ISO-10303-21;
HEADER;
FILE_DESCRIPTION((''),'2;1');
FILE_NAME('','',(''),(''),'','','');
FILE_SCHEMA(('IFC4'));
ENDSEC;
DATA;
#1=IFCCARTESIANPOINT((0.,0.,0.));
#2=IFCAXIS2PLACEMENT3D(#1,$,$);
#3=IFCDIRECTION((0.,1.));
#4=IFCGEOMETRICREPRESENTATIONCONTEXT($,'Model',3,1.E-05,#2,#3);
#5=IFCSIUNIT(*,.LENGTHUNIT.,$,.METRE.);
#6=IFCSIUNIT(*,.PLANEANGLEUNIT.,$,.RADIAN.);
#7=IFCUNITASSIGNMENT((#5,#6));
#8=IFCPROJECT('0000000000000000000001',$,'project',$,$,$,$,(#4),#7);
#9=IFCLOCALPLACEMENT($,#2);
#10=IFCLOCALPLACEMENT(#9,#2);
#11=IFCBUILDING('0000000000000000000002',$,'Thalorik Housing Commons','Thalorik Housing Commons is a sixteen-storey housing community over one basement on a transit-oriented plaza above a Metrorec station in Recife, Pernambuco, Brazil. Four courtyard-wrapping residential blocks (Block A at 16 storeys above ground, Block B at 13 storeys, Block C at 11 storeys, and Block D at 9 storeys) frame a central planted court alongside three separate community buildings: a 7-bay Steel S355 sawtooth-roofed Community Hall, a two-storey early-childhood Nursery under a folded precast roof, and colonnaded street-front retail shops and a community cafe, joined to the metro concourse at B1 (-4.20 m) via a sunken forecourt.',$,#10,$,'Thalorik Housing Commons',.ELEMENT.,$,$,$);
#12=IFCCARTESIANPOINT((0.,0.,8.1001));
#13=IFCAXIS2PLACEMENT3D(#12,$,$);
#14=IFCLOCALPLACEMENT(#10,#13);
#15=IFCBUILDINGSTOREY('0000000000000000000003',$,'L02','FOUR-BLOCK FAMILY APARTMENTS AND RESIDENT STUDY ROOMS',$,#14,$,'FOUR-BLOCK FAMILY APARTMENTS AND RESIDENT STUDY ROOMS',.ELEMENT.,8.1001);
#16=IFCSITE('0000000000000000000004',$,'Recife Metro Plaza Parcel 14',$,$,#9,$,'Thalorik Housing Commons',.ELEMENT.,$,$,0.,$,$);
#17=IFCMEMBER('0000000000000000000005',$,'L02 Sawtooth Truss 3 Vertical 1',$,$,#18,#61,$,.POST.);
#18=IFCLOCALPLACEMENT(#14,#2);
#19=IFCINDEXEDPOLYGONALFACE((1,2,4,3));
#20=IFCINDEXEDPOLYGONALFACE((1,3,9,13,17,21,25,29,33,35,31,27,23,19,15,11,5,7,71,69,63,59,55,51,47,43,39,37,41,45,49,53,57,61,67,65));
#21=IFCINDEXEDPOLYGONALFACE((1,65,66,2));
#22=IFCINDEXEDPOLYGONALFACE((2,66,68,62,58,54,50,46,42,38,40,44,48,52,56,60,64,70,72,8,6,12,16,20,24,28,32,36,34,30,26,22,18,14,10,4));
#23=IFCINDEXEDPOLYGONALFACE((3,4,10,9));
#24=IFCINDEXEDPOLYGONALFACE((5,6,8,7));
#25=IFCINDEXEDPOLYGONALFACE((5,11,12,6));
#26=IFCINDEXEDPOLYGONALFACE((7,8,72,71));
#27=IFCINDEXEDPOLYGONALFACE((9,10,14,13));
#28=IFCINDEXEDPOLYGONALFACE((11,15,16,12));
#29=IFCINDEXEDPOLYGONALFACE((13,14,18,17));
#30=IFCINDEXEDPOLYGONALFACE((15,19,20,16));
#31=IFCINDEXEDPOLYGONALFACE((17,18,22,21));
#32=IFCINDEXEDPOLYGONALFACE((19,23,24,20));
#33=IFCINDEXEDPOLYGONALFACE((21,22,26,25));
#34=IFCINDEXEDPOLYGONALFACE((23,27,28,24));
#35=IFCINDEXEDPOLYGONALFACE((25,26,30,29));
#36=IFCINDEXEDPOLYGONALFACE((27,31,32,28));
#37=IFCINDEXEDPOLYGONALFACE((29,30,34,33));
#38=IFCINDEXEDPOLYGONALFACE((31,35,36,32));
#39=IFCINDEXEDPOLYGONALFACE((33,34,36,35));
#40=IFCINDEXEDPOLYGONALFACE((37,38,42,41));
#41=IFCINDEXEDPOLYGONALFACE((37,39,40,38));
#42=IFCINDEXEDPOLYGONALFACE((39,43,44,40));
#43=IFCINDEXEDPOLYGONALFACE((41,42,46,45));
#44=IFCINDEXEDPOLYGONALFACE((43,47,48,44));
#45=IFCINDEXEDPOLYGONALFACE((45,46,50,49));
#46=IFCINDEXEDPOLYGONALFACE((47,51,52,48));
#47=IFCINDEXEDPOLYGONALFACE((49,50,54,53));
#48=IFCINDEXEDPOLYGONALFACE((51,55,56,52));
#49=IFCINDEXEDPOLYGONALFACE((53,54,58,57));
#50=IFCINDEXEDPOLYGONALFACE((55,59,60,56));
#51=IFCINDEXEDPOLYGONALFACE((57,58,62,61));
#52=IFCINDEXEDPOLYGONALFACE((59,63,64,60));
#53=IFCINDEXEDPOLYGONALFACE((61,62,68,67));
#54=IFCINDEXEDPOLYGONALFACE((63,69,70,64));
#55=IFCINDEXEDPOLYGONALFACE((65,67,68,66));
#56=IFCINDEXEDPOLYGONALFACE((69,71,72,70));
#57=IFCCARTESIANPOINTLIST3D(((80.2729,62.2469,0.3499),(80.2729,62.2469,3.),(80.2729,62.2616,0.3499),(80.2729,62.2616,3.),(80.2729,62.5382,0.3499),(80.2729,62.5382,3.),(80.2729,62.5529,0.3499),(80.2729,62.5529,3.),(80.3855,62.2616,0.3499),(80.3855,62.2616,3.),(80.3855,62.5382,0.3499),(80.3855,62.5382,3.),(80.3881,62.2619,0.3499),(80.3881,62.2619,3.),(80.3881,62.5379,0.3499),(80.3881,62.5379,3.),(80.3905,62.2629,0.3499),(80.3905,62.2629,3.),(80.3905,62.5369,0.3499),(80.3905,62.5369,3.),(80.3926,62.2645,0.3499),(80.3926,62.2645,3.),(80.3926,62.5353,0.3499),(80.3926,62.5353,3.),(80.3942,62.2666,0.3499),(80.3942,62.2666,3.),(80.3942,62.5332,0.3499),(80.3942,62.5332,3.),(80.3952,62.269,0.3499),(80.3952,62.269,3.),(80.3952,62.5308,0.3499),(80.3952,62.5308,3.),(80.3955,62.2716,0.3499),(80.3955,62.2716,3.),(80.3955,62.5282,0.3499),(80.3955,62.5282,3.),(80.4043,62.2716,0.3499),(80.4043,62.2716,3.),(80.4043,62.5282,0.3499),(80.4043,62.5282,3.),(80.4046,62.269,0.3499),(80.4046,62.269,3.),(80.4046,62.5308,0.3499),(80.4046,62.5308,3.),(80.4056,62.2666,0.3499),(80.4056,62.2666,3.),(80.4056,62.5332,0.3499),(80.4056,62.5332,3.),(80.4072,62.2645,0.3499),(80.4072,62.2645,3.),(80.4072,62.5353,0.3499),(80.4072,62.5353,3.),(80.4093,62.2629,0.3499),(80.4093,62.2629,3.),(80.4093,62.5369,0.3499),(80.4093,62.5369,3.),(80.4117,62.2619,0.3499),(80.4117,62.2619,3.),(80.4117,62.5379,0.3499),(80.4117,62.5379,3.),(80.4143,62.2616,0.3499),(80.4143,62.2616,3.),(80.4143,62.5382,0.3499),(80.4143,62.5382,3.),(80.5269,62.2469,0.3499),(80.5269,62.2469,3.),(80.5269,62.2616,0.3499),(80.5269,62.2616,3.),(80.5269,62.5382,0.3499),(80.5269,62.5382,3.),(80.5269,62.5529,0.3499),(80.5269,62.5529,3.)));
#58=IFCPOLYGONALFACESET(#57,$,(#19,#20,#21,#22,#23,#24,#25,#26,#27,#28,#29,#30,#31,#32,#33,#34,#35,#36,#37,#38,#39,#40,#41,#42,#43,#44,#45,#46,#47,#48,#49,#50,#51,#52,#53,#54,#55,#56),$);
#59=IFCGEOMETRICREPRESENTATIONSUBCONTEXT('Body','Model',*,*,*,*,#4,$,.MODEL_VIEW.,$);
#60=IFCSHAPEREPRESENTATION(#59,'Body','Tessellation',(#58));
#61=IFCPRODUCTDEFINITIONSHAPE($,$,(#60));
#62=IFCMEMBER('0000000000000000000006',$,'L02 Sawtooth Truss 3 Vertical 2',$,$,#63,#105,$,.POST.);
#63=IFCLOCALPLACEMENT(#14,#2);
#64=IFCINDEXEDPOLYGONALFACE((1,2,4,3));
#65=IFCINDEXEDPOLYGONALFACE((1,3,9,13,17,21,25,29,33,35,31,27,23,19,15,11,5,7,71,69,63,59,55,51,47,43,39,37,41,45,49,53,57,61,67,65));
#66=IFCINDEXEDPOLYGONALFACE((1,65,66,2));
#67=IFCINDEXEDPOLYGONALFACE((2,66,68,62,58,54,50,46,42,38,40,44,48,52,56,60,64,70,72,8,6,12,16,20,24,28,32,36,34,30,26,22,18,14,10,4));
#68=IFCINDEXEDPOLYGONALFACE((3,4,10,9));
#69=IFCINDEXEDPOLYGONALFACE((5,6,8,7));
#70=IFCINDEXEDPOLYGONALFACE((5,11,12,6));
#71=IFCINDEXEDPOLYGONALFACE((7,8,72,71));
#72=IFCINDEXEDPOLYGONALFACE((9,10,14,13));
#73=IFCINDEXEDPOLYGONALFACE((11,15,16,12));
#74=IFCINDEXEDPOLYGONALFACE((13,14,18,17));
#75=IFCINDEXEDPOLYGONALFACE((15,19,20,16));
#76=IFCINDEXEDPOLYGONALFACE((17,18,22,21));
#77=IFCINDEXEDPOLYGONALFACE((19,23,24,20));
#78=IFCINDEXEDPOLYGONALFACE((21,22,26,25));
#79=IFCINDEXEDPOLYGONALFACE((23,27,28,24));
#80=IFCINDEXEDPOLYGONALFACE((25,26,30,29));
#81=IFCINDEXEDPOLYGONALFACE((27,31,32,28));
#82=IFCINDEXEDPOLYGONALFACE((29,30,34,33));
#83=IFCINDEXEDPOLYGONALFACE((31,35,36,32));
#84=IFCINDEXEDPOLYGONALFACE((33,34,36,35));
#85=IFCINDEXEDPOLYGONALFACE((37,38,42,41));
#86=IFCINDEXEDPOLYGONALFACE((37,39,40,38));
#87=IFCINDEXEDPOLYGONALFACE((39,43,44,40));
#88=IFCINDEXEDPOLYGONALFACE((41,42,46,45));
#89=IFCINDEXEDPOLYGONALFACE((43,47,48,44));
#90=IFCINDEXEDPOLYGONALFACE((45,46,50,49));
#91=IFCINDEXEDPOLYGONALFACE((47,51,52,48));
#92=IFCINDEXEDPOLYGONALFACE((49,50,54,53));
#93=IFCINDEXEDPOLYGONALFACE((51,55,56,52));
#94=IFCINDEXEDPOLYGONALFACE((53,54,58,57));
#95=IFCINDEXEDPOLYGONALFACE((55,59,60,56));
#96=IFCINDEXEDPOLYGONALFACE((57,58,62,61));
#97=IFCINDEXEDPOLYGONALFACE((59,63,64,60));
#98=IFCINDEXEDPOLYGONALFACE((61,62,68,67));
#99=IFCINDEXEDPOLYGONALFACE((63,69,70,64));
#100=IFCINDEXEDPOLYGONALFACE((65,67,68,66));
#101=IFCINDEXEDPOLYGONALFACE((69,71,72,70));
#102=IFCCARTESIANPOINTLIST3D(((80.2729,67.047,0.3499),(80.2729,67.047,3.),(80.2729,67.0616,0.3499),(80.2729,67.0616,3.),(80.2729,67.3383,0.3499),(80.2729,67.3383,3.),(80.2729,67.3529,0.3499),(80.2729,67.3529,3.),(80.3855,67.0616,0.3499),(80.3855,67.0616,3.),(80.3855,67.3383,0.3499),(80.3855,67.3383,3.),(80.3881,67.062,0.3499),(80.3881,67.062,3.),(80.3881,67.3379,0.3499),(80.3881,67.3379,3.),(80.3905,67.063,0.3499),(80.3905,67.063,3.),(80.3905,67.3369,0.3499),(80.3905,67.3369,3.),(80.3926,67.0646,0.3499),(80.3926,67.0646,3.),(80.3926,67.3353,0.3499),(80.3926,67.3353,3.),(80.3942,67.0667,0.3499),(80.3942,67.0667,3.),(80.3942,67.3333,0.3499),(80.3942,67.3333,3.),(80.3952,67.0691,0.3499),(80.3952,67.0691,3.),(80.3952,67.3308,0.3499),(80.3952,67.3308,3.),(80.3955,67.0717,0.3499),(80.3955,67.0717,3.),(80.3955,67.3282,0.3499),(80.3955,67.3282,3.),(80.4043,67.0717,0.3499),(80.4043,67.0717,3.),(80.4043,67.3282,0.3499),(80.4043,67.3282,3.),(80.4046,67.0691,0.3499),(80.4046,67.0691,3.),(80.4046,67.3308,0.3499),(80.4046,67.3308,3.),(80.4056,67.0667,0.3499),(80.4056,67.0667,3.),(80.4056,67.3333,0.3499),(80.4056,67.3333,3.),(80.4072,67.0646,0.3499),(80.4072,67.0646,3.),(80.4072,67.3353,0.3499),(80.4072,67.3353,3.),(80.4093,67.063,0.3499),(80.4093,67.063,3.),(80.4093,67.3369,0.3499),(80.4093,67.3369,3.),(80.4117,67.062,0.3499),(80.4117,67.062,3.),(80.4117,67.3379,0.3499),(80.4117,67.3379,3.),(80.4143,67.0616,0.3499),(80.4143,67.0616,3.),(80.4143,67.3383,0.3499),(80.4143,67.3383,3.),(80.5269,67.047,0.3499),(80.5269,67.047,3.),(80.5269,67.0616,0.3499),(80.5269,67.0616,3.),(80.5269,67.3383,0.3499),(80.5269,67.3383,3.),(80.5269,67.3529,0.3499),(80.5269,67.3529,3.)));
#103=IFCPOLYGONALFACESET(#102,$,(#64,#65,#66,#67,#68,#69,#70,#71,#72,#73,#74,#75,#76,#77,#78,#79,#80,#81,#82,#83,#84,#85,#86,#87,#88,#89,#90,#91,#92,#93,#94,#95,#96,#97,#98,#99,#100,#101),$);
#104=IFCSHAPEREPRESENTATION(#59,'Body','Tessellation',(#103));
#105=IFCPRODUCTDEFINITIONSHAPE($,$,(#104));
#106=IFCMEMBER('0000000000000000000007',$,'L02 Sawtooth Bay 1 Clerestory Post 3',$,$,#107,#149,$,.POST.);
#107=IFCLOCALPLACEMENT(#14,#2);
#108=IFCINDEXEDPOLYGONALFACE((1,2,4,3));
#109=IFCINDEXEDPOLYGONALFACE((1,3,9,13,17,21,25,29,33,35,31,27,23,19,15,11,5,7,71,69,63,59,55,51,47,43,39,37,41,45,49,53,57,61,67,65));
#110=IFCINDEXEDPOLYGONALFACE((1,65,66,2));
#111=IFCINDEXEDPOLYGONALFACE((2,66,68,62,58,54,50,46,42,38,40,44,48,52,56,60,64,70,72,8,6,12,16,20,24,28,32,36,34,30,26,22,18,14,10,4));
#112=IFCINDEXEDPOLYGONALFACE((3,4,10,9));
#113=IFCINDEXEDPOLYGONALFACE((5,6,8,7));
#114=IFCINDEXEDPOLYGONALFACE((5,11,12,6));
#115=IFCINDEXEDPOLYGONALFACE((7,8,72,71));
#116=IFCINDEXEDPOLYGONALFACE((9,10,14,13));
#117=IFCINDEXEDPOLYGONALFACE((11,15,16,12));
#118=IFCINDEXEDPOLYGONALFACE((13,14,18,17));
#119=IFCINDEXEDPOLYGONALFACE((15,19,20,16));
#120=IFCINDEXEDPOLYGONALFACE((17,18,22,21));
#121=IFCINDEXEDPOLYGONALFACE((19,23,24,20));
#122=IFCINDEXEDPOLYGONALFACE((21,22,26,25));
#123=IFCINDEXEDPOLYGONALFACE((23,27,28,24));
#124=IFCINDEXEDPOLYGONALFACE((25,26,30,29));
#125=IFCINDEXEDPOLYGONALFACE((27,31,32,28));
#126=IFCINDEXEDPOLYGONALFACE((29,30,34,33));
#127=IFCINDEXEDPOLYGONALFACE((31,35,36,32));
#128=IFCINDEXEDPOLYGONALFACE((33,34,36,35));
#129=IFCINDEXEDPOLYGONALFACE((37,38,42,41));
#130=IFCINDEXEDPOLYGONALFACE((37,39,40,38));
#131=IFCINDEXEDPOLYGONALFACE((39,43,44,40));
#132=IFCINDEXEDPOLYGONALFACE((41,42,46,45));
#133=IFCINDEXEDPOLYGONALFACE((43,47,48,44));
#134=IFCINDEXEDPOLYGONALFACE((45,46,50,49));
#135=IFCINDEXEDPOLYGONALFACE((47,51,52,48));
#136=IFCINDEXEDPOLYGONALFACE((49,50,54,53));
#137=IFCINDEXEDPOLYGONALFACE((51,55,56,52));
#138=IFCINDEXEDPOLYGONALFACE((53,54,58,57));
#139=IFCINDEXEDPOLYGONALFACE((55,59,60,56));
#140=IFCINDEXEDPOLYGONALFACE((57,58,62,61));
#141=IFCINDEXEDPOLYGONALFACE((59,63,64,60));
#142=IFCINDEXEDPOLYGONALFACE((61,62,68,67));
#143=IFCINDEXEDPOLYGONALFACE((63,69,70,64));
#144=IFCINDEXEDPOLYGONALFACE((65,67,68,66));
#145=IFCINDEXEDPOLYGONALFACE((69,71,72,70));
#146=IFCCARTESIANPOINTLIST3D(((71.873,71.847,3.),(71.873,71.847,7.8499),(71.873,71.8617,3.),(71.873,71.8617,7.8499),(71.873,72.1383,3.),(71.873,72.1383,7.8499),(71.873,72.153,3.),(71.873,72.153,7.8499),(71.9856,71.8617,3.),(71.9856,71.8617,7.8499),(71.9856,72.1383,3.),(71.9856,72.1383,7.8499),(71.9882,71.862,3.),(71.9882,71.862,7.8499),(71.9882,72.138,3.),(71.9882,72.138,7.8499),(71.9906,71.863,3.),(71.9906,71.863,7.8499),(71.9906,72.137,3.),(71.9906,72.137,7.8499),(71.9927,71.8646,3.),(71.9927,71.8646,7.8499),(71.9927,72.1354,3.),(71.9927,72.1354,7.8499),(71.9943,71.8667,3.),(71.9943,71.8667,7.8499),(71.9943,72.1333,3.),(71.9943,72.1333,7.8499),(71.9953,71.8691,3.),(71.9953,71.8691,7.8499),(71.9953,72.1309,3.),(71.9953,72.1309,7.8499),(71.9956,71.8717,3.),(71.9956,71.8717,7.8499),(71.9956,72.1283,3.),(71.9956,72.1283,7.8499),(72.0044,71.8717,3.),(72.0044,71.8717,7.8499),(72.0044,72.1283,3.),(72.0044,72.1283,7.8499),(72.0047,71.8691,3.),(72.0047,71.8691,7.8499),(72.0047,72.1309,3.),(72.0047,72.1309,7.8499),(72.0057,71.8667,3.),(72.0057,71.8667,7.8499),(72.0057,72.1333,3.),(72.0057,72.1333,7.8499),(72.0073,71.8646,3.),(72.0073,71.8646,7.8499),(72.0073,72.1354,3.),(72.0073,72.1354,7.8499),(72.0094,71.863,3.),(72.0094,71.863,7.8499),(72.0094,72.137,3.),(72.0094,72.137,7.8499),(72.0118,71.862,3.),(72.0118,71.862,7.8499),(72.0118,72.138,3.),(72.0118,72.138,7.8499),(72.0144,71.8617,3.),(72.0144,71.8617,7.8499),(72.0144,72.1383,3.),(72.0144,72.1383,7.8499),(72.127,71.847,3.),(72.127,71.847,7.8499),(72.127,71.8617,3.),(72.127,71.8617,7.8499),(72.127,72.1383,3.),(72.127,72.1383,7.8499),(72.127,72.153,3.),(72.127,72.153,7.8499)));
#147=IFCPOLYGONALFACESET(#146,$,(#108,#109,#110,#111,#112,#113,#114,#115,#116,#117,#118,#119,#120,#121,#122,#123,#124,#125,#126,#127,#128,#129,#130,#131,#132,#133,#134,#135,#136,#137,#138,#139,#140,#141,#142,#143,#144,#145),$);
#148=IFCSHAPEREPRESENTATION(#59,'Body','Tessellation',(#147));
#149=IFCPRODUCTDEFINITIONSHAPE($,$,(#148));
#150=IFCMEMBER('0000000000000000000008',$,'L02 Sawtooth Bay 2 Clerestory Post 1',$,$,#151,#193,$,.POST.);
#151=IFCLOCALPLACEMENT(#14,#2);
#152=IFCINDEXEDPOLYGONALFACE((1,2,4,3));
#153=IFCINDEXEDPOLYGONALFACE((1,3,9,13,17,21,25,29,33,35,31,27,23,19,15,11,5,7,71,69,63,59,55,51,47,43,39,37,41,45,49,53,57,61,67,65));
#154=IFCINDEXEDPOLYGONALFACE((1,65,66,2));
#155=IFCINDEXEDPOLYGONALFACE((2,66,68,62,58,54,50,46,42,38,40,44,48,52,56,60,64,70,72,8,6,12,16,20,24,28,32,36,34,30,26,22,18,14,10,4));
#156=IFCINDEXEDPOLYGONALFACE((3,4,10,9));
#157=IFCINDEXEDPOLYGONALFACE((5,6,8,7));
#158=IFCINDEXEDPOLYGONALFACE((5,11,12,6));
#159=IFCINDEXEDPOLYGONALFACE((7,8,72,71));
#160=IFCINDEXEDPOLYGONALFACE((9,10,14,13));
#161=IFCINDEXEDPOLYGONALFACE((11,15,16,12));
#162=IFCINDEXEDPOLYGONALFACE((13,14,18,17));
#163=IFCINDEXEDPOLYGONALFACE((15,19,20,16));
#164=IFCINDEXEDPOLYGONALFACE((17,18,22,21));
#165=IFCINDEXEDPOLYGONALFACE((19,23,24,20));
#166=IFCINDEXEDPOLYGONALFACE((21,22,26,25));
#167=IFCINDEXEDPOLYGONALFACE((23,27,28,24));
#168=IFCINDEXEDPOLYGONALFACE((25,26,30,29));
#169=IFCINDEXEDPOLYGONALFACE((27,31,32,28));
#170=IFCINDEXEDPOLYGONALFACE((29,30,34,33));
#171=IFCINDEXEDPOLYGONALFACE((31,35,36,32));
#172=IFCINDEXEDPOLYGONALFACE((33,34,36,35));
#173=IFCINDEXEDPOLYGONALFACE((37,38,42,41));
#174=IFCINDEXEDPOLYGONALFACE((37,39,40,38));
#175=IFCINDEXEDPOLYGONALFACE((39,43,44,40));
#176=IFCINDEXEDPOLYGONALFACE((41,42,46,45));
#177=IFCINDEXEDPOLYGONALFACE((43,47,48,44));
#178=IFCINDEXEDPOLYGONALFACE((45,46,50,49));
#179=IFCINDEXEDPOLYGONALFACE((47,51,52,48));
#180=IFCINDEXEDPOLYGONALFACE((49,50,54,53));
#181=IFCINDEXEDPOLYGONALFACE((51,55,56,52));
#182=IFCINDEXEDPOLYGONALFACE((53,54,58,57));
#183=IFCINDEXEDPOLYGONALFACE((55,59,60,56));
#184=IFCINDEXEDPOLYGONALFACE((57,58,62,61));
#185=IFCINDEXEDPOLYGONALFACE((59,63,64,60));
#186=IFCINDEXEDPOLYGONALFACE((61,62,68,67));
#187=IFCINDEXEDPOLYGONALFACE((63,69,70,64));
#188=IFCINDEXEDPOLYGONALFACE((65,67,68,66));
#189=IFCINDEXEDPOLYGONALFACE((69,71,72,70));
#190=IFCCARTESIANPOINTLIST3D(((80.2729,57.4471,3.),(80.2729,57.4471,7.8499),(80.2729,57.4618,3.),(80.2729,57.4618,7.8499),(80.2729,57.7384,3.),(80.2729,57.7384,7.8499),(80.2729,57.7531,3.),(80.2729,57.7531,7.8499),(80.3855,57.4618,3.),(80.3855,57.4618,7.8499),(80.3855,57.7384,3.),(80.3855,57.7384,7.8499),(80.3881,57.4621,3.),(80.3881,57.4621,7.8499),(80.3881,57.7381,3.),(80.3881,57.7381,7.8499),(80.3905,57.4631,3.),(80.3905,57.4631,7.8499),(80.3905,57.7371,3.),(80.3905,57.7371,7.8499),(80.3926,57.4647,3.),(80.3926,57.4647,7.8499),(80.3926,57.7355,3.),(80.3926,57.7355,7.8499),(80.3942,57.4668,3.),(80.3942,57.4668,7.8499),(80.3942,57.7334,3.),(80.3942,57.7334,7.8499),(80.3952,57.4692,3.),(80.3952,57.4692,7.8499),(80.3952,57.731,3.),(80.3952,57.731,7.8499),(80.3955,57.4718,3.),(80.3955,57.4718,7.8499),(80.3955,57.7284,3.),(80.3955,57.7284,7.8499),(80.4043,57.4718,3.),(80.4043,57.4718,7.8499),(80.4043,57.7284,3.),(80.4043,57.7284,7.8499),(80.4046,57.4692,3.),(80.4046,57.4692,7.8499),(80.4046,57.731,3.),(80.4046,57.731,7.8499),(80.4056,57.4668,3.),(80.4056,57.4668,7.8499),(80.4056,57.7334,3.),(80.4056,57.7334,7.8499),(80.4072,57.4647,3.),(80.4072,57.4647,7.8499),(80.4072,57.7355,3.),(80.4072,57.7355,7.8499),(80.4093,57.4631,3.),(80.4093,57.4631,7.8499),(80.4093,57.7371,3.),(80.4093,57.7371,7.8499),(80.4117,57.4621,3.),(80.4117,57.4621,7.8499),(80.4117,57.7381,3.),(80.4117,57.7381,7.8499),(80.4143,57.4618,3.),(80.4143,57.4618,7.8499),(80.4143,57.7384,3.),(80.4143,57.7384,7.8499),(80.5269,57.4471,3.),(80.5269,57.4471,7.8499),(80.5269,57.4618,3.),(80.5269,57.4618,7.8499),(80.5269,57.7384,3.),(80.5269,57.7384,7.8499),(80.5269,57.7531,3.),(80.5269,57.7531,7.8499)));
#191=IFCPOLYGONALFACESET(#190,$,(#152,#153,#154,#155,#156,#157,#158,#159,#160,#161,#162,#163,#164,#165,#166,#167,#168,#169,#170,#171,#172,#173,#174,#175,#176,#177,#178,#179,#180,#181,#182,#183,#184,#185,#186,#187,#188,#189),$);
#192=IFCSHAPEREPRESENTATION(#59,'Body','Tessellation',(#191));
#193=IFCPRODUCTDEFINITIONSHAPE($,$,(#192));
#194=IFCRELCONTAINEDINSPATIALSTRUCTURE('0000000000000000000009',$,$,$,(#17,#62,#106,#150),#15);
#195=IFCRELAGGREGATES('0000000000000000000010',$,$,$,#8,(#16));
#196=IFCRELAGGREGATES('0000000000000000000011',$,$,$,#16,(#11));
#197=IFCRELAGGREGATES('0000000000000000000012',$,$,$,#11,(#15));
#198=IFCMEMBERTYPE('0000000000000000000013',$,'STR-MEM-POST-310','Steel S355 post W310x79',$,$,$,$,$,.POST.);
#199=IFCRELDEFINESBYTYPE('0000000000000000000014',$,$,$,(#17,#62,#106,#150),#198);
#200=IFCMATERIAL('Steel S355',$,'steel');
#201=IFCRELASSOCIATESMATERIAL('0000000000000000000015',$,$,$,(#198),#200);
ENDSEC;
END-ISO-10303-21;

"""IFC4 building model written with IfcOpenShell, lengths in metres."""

from ifc_helpers import new_model, si_unit, direction, frame, origin, origin_2d, place, context, subcontext, project, spatial, i_section, extrude, material, material_profile, profile_set, type_object, element, save


model = new_model("IFC4")

# Units and contexts
model_context = context("Model", 3, precision=1e-05, world=origin(), true_north=direction((0.0, 1.0)))
body_context = subcontext(model_context, "Body", "Model", "MODEL_VIEW")
ifc_project = project(units=[si_unit("LENGTHUNIT", "METRE"), si_unit("PLANEANGLEUNIT", "RADIAN")], contexts=[model_context])

# Site, building, storey
site_placement = place(None, origin())
site = spatial("IfcSite", under=ifc_project, at=site_placement, Name="Recife Metro Plaza Parcel 14", LongName="Thalorik Housing Commons", CompositionType="ELEMENT", RefElevation=0.0)
building_placement = place(site_placement, origin())
building = spatial("IfcBuilding", under=site, at=building_placement, Name="Thalorik Housing Commons", Description="Thalorik Housing Commons is a sixteen-storey housing community over one basement on a transit-oriented plaza above a Metrorec station in Recife, Pernambuco, Brazil. Four courtyard-wrapping residential blocks (Block A at 16 storeys above ground, Block B at 13 storeys, Block C at 11 storeys, and Block D at 9 storeys) frame a central planted court alongside three separate community buildings: a 7-bay Steel S355 sawtooth-roofed Community Hall, a two-storey early-childhood Nursery under a folded precast roof, and colonnaded street-front retail shops and a community cafe, joined to the metro concourse at B1 (-4.20 m) via a sunken forecourt.", LongName="Thalorik Housing Commons", CompositionType="ELEMENT")
storey_placement = place(building_placement, frame((0.0, 0.0, 8.1001)))
storey = spatial("IfcBuildingStorey", under=building, at=storey_placement, Name="L02", Description="FOUR-BLOCK FAMILY APARTMENTS AND RESIDENT STUDY ROOMS", LongName="FOUR-BLOCK FAMILY APARTMENTS AND RESIDENT STUDY ROOMS", CompositionType="ELEMENT", Elevation=8.1001)

# Shared definitions
ifc_material_1 = material(Name="Steel S355", Category="steel")

# Members
ifc_material_profile_1 = material_profile(ifc_material_1, i_section(OverallWidth=0.2539, OverallDepth=0.3059, WebThickness=0.0088, FlangeThickness=0.0146, FilletRadius=0.01, at=origin_2d()), Name="W310x79", Category="steel")
ifc_profile_set_1 = profile_set([ifc_material_profile_1], Name="Steel S355")
member_type_1 = type_object("IfcMemberType", Name="STR-MEM-POST-310", Description="Steel S355 post W310x79", PredefinedType="POST", material=ifc_profile_set_1)
for number, where, z_axis, x_axis, name in (
    (1, (80.3999, 62.3999, 0.3499), (0.0, 0.0, 1.0), (1.0, 0.0, 0.0), "L02 Sawtooth Truss 3 Vertical 1"),
    (2, (80.3999, 67.2, 0.3499), (0.0, 0.0, 1.0), (1.0, 0.0, 0.0), "L02 Sawtooth Truss 3 Vertical 2"),
):
    element("IfcMember", number, at=place(storey_placement, frame(where, z_axis=z_axis, x_axis=x_axis)), inside=storey, type_object=member_type_1, Name=name, PredefinedType="POST", context=body_context, shape_type="SweptSolid", body=[
        extrude(i_section(OverallWidth=0.2539, OverallDepth=0.3059, WebThickness=0.0088, FlangeThickness=0.0146, FilletRadius=0.01, at=origin_2d()), origin(), (0.0, 0.0, 1.0), 2.6501),
    ])
for number, where, z_axis, x_axis, name in (
    (3, (72.0, 72.0, 3.0), (0.0, 0.0, 1.0), (1.0, 0.0, 0.0), "L02 Sawtooth Bay 1 Clerestory Post 3"),
    (4, (80.3999, 57.6001, 3.0), (0.0, 0.0, 1.0), (1.0, 0.0, 0.0), "L02 Sawtooth Bay 2 Clerestory Post 1"),
):
    element("IfcMember", number, at=place(storey_placement, frame(where, z_axis=z_axis, x_axis=x_axis)), inside=storey, type_object=member_type_1, Name=name, PredefinedType="POST", context=body_context, shape_type="SweptSolid", body=[
        extrude(i_section(OverallWidth=0.2539, OverallDepth=0.3059, WebThickness=0.0088, FlangeThickness=0.0146, FilletRadius=0.01, at=origin_2d()), origin(), (0.0, 0.0, 1.0), 4.8499),
    ])

save(model, "model.ifc")
